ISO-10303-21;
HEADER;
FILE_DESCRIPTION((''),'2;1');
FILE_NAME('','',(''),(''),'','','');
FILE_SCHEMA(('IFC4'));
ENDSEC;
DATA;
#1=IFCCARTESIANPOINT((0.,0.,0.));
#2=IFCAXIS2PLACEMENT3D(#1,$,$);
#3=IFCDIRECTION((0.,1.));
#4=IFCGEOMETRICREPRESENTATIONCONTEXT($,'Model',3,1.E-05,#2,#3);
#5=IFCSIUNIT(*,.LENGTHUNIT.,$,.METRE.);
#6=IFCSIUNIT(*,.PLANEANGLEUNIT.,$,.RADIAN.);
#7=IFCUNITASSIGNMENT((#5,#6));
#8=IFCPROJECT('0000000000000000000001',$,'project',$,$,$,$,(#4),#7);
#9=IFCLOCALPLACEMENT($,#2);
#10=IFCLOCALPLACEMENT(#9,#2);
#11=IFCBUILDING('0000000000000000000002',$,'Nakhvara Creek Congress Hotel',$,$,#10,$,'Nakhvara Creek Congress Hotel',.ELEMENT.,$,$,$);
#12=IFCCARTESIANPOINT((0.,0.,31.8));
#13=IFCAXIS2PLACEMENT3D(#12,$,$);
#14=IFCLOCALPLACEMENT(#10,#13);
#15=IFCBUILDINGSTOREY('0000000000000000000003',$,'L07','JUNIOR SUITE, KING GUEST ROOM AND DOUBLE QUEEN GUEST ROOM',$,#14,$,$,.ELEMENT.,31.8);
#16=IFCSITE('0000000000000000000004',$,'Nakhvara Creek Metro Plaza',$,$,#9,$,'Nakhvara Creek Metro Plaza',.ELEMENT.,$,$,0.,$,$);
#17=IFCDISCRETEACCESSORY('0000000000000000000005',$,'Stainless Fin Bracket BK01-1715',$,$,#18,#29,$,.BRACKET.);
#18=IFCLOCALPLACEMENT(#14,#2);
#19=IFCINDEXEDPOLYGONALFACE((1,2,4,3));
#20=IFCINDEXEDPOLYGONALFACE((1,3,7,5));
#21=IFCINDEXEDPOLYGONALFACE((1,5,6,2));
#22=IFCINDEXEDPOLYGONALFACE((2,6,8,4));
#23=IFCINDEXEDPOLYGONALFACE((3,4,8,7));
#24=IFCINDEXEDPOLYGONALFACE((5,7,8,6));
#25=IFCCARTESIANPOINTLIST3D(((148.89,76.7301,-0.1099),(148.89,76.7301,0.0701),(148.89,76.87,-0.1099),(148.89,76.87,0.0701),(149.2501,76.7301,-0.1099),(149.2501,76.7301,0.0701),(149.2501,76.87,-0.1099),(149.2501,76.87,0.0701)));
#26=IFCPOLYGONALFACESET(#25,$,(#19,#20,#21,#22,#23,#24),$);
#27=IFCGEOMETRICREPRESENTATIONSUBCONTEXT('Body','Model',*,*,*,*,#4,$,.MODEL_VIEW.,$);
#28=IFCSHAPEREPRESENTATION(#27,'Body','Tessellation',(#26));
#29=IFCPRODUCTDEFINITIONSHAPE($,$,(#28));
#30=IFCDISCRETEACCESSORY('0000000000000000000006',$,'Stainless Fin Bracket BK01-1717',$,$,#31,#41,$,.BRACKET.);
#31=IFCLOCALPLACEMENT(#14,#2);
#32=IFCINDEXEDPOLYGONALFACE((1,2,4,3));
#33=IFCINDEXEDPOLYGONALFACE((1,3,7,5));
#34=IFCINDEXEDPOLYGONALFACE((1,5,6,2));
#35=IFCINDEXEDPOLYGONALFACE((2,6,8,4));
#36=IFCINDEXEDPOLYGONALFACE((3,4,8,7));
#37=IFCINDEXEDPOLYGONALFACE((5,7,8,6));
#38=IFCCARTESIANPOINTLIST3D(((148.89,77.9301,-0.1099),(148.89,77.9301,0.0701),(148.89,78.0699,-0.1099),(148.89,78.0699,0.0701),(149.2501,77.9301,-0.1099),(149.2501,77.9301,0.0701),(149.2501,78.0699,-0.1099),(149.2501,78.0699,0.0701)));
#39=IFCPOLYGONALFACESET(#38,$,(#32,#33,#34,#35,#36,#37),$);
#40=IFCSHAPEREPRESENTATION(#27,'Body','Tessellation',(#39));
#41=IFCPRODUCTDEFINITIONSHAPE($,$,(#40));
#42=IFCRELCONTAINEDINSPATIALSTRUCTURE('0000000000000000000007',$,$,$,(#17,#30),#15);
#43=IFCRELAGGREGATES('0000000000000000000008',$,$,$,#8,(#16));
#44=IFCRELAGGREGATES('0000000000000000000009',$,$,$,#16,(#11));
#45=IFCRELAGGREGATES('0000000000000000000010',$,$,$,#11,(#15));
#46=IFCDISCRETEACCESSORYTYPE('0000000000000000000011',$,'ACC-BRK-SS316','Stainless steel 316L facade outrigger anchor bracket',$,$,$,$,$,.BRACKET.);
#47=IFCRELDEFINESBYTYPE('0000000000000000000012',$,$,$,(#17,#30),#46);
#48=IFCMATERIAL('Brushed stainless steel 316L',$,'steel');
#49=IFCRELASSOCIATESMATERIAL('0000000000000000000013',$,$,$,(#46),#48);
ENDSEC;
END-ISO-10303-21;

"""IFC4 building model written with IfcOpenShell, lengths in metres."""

from ifc_helpers import new_model, si_unit, direction, frame, origin, origin_2d, place, context, subcontext, project, spatial, rectangle, extrude, material, type_object, element, save


model = new_model("IFC4")

# Units and contexts
model_context = context("Model", 3, precision=1e-05, world=origin(), true_north=direction((0.0, 1.0)))
body_context = subcontext(model_context, "Body", "Model", "MODEL_VIEW")
ifc_project = project(units=[si_unit("LENGTHUNIT", "METRE"), si_unit("PLANEANGLEUNIT", "RADIAN")], contexts=[model_context])

# Site, building, storey
site_placement = place(None, origin())
site = spatial("IfcSite", under=ifc_project, at=site_placement, Name="Nakhvara Creek Metro Plaza", LongName="Nakhvara Creek Metro Plaza", CompositionType="ELEMENT", RefElevation=0.0)
building_placement = place(site_placement, origin())
building = spatial("IfcBuilding", under=site, at=building_placement, Name="Nakhvara Creek Congress Hotel", LongName="Nakhvara Creek Congress Hotel", CompositionType="ELEMENT")
storey_placement = place(building_placement, frame((0.0, 0.0, 31.8)))
storey = spatial("IfcBuildingStorey", under=building, at=storey_placement, Name="L07", Description="JUNIOR SUITE, KING GUEST ROOM AND DOUBLE QUEEN GUEST ROOM", CompositionType="ELEMENT", Elevation=31.8)

# Discrete accessories
ifc_material_1 = material(Name="Brushed stainless steel 316L", Category="steel")
discrete_accessory_type = type_object("IfcDiscreteAccessoryType", Name="ACC-BRK-SS316", Description="Stainless steel 316L facade outrigger anchor bracket", PredefinedType="BRACKET", material=ifc_material_1)
for number, where, z_axis, x_axis, name in (
    (1, (149.0701, 76.8, -0.1099), (0.0, 0.0, 1.0), (0.0, 1.0, 0.0), "Stainless Fin Bracket BK01-1715"),
    (2, (149.0701, 78.0, -0.1099), (0.0, 0.0, 1.0), (0.0, 1.0, 0.0), "Stainless Fin Bracket BK01-1717"),
):
    element("IfcDiscreteAccessory", number, at=place(storey_placement, frame(where, z_axis=z_axis, x_axis=x_axis)), inside=storey, type_object=discrete_accessory_type, Name=name, PredefinedType="BRACKET", context=body_context, shape_type="SweptSolid", body=[
        extrude(rectangle(XDim=0.1399, YDim=0.3601, at=origin_2d()), origin(), (0.0, 0.0, 1.0), 0.1799),
    ])

save(model, "model.ifc")
